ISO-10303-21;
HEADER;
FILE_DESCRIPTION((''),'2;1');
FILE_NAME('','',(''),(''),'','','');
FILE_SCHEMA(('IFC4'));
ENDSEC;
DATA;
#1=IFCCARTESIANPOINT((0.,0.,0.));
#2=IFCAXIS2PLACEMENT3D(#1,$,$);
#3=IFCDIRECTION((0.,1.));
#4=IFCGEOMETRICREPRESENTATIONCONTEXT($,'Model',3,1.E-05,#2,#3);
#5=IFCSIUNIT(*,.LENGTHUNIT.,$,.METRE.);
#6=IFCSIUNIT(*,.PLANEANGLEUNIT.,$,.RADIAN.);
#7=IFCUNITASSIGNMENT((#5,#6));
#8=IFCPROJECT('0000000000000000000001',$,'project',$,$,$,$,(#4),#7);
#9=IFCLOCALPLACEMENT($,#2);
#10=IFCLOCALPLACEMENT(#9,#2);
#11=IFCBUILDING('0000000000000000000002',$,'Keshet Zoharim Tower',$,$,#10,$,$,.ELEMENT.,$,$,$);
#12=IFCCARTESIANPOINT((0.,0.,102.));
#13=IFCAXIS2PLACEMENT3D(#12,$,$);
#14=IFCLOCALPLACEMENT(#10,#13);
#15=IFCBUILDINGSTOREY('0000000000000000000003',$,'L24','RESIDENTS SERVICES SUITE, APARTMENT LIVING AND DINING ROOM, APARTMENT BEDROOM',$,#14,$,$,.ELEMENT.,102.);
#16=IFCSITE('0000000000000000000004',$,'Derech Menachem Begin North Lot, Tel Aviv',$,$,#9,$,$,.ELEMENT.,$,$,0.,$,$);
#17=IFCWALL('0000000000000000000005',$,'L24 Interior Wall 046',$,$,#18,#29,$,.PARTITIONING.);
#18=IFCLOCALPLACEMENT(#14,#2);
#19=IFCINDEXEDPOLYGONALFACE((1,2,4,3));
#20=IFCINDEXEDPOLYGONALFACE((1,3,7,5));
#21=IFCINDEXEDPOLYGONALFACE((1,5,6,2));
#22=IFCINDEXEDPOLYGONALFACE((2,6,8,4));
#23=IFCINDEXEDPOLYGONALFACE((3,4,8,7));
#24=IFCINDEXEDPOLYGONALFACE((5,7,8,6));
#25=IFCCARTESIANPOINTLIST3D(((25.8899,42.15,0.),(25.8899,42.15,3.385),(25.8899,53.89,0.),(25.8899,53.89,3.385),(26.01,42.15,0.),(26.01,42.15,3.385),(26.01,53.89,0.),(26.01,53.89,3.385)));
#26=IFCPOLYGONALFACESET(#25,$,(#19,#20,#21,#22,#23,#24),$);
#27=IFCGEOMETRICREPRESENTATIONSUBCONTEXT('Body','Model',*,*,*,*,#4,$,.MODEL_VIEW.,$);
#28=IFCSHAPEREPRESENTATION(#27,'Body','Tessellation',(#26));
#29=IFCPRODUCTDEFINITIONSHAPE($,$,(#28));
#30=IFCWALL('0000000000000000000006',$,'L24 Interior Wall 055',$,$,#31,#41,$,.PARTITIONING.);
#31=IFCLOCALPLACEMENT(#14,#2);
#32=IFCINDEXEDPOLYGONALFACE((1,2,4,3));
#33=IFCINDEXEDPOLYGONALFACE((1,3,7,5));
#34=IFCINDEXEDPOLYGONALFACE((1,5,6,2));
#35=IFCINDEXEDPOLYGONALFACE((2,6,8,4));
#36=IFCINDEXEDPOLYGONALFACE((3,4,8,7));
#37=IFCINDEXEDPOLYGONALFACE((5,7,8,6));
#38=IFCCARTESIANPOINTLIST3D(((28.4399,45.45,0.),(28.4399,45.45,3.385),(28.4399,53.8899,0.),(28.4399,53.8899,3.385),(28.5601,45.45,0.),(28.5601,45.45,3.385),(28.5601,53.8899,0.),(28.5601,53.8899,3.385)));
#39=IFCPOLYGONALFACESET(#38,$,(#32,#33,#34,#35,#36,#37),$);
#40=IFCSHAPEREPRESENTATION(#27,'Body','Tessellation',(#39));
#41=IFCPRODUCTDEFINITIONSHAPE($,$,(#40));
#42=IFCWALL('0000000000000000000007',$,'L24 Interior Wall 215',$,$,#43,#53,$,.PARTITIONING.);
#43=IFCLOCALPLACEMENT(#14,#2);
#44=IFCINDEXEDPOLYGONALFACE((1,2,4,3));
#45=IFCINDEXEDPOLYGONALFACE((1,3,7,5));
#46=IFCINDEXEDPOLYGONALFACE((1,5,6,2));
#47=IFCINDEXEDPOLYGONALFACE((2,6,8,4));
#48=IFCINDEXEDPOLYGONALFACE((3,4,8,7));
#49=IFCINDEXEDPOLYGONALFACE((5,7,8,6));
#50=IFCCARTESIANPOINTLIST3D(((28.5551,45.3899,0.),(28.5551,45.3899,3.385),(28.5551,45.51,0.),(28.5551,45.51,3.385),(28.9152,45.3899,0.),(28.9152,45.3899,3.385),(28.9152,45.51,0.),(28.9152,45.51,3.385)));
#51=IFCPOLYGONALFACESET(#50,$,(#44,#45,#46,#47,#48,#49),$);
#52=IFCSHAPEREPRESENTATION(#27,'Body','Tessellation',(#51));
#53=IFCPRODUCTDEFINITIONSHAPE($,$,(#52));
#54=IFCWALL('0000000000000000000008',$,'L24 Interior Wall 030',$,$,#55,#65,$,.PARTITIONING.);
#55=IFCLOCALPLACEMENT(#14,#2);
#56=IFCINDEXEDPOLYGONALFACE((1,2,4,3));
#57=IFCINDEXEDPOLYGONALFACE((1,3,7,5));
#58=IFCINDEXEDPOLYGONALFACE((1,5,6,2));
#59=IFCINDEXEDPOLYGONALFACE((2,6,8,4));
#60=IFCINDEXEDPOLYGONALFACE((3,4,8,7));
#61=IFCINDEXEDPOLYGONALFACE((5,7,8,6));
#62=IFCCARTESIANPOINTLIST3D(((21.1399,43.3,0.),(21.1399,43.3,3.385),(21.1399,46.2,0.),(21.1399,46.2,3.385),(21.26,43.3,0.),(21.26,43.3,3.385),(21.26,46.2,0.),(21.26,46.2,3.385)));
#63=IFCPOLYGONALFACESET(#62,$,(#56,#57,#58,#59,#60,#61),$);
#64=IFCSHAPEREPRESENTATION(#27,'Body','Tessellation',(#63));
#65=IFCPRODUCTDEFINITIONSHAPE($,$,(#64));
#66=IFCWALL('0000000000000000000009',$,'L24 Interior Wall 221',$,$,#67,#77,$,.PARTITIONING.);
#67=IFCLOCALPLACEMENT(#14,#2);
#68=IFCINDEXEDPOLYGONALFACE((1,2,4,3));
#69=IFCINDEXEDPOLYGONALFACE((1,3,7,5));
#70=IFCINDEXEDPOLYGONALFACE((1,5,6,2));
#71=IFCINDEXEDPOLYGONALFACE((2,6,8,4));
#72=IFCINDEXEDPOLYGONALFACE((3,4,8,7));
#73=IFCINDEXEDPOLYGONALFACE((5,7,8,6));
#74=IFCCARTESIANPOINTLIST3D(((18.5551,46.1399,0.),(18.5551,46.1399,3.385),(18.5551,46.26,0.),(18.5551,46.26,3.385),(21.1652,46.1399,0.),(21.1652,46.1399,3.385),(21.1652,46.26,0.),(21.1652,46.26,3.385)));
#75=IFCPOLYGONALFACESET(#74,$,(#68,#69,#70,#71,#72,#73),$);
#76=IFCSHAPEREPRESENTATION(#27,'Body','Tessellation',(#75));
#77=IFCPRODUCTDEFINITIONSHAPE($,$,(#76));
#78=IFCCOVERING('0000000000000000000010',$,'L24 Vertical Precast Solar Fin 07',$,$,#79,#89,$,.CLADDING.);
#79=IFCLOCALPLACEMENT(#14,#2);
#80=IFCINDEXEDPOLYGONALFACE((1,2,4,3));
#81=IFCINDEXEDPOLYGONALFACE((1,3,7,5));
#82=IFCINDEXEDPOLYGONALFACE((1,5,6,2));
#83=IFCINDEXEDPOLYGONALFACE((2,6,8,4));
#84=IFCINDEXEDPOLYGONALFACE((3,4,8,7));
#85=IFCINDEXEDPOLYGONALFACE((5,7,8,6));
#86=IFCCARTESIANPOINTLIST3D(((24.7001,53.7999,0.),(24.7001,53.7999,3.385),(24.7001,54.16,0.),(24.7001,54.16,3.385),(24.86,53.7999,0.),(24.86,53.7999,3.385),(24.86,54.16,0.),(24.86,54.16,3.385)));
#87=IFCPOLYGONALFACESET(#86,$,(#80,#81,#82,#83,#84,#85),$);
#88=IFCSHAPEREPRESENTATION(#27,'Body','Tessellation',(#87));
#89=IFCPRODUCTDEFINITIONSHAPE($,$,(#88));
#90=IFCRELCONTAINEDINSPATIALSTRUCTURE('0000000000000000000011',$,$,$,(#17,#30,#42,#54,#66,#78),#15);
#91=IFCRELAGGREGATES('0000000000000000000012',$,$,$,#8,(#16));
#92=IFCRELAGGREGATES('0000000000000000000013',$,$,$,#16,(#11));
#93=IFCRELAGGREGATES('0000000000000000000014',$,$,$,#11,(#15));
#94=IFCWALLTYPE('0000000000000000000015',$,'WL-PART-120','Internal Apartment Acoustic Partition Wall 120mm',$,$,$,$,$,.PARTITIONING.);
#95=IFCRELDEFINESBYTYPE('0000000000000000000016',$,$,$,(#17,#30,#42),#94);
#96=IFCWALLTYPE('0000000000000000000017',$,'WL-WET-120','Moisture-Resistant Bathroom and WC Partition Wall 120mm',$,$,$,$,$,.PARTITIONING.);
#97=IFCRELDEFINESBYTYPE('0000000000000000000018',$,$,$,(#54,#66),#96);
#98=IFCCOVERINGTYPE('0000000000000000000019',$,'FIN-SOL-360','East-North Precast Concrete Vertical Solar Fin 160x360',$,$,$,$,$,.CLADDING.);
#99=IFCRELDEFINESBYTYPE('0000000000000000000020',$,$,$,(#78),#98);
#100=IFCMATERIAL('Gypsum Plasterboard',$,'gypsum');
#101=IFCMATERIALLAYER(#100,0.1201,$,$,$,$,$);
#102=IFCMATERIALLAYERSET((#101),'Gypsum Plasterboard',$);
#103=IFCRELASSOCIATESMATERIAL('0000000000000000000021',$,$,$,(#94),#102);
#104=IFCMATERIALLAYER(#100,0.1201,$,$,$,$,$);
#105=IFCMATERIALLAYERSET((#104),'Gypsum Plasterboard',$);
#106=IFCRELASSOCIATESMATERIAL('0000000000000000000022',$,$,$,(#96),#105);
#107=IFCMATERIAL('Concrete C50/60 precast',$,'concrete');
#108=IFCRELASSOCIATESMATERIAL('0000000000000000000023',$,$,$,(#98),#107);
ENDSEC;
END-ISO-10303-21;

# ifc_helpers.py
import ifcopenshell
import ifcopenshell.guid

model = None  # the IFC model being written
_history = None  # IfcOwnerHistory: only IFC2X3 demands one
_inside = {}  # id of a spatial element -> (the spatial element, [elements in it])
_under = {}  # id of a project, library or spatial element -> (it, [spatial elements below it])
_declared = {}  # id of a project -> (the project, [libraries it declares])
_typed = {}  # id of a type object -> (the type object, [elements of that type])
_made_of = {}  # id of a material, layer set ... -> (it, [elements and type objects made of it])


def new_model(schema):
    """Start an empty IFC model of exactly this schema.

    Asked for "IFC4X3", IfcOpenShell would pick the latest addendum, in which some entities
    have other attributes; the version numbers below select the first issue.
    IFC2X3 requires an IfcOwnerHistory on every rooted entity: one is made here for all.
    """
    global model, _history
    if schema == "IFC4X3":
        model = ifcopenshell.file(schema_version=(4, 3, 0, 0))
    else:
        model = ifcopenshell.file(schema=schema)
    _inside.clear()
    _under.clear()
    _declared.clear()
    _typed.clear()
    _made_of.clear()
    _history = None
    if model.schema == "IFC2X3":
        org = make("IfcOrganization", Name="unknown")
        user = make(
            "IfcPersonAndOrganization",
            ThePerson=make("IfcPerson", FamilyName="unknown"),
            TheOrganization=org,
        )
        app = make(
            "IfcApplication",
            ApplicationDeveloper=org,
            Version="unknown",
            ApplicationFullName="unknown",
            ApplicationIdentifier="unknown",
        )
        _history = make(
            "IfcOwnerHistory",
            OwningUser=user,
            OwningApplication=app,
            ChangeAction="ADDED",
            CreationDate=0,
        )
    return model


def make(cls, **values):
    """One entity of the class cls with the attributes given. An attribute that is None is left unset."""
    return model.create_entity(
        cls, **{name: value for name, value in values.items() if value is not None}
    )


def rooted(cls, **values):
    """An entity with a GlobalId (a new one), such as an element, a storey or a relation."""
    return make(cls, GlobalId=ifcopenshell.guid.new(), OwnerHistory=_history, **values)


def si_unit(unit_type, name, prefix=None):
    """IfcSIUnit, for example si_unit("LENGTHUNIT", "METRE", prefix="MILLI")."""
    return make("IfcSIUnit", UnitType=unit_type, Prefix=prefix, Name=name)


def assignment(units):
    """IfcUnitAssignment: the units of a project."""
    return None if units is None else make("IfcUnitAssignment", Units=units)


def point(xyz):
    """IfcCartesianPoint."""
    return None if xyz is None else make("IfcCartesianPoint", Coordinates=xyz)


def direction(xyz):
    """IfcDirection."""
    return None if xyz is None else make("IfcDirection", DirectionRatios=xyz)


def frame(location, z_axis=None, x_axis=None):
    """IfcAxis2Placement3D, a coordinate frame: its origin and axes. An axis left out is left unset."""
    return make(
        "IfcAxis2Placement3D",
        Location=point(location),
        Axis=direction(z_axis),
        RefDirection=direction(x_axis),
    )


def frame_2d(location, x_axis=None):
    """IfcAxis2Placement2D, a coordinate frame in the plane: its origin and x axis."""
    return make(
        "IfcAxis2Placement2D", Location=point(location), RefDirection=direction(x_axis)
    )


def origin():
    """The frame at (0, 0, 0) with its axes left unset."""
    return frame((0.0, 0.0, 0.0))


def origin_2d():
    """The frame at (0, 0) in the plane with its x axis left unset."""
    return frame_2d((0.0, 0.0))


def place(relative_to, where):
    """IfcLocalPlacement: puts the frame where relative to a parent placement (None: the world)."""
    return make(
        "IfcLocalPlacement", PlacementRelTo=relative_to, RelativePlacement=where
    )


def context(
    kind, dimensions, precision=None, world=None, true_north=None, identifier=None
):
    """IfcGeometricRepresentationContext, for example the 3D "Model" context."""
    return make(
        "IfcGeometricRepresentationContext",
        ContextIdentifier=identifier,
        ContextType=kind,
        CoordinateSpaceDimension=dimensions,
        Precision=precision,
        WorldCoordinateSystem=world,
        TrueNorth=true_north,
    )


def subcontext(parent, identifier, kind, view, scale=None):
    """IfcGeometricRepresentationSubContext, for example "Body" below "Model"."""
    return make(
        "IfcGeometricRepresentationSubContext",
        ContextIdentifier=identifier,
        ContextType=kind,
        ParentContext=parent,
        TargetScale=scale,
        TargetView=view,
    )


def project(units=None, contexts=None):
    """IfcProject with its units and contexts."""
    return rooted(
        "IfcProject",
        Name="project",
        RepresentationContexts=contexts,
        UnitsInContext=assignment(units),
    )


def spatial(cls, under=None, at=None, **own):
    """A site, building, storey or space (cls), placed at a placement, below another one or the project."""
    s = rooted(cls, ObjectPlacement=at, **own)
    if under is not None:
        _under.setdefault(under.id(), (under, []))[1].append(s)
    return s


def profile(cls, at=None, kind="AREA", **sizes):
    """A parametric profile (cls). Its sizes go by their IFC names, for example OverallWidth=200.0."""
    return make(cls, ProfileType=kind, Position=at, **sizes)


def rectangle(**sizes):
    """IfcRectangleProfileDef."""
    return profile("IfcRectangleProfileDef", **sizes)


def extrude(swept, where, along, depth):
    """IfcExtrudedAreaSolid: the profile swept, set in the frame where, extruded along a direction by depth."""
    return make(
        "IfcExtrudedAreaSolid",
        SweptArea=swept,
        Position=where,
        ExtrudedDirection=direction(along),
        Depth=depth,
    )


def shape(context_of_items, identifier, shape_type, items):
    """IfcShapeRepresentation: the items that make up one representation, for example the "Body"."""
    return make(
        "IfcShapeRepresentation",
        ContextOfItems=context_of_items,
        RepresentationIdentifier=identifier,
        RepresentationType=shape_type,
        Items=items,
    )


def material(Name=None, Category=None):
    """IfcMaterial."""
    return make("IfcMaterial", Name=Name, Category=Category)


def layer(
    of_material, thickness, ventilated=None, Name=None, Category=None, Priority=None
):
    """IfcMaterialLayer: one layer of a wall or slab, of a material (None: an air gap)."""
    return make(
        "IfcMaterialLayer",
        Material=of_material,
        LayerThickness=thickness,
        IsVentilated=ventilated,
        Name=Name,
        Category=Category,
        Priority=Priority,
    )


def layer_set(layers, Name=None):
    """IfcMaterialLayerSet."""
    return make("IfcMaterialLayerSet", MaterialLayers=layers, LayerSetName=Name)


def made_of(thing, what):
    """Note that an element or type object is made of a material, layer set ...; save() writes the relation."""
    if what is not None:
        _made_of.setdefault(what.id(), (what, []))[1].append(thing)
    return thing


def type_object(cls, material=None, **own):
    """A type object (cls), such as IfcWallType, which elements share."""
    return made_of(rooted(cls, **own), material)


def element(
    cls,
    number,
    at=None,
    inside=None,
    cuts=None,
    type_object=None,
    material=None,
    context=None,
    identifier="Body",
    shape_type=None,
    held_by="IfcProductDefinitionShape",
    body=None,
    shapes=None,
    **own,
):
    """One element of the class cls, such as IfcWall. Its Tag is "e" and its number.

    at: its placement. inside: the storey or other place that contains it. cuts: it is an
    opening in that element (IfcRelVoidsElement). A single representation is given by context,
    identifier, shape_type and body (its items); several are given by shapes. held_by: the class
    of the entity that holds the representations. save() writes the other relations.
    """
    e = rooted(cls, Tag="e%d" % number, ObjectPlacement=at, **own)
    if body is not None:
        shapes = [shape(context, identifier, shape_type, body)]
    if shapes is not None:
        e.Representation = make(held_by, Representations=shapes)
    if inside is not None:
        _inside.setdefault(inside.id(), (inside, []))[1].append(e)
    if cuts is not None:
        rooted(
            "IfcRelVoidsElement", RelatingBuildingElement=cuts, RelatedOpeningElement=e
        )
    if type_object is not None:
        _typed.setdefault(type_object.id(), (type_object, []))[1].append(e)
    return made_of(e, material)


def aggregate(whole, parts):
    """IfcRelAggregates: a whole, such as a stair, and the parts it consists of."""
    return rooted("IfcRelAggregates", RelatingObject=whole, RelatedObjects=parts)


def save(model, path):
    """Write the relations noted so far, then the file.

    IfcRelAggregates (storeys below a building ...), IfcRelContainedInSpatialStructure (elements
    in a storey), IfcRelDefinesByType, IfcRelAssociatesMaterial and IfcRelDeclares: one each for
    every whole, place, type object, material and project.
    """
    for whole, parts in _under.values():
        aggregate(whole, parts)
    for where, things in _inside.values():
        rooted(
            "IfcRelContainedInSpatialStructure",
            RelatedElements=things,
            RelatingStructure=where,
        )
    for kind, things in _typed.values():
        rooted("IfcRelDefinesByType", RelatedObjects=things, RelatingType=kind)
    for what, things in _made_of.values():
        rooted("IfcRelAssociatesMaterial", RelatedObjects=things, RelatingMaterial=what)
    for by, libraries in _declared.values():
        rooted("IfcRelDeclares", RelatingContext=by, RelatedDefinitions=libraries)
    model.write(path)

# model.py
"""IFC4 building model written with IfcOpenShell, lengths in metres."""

from ifc_helpers import new_model, si_unit, direction, frame, frame_2d, origin, origin_2d, place, context, subcontext, project, spatial, rectangle, extrude, material, layer, layer_set, type_object, element, save


model = new_model("IFC4")

# Units and contexts
model_context = context("Model", 3, precision=1e-05, world=origin(), true_north=direction((0.0, 1.0)))
body_context = subcontext(model_context, "Body", "Model", "MODEL_VIEW")
ifc_project = project(units=[si_unit("LENGTHUNIT", "METRE"), si_unit("PLANEANGLEUNIT", "RADIAN")], contexts=[model_context])

# Site, building, storey
site_placement = place(None, origin())
site = spatial("IfcSite", under=ifc_project, at=site_placement, Name="Derech Menachem Begin North Lot, Tel Aviv", CompositionType="ELEMENT", RefElevation=0.0)
building_placement = place(site_placement, origin())
building = spatial("IfcBuilding", under=site, at=building_placement, Name="Keshet Zoharim Tower", CompositionType="ELEMENT")
storey_placement = place(building_placement, frame((0.0, 0.0, 102.0)))
storey = spatial("IfcBuildingStorey", under=building, at=storey_placement, Name="L24", Description="RESIDENTS SERVICES SUITE, APARTMENT LIVING AND DINING ROOM, APARTMENT BEDROOM", CompositionType="ELEMENT", Elevation=102.0)

# Shared definitions
ifc_material_1 = material(Name="Gypsum Plasterboard", Category="gypsum")

# Shared definitions
ifc_layer_1 = layer(ifc_material_1, 0.1201)
ifc_layer_set_1 = layer_set([ifc_layer_1], Name="Gypsum Plasterboard")
wall_type_1 = type_object("IfcWallType", Name="WL-PART-120", Description="Internal Apartment Acoustic Partition Wall 120mm", PredefinedType="PARTITIONING", material=ifc_layer_set_1)

# Walls
for number, where, z_axis, x_axis, name in (
    (1, (25.95, 42.1499, 0.0), (0.0, 0.0, 1.0), (0.0, 1.0, 0.0), "L24 Interior Wall 046"),
):
    element("IfcWall", number, at=place(storey_placement, frame(where, z_axis=z_axis, x_axis=x_axis)), inside=storey, type_object=wall_type_1, Name=name, PredefinedType="PARTITIONING", context=body_context, shape_type="SweptSolid", body=[
        extrude(rectangle(XDim=11.74, YDim=0.1201, at=frame_2d((5.8701, 0.0))), origin(), (0.0, 0.0, 1.0), 3.385),
    ])
wall_1_placement = place(storey_placement, frame((28.5, 45.45, 0.0), z_axis=(0.0, 0.0, 1.0), x_axis=(0.0, 1.0, 0.0)))
element("IfcWall", 2, at=wall_1_placement, inside=storey, type_object=wall_type_1, Name="L24 Interior Wall 055", PredefinedType="PARTITIONING", context=body_context, shape_type="SweptSolid", body=[
    extrude(rectangle(XDim=8.4399, YDim=0.1201, at=frame_2d((4.22, 0.0))), origin(), (0.0, 0.0, 1.0), 3.385),
])

# Walls
wall_2_placement = place(storey_placement, frame((28.5549, 45.45, 0.0), z_axis=(0.0, 0.0, 1.0), x_axis=(1.0, 0.0, 0.0)))
element("IfcWall", 3, at=wall_2_placement, inside=storey, type_object=wall_type_1, Name="L24 Interior Wall 215", PredefinedType="PARTITIONING", context=body_context, shape_type="SweptSolid", body=[
    extrude(rectangle(XDim=0.3601, YDim=0.1201, at=frame_2d((0.1802, 0.0))), origin(), (0.0, 0.0, 1.0), 3.385),
])
ifc_layer_2 = layer(ifc_material_1, 0.1201)
ifc_layer_set_2 = layer_set([ifc_layer_2], Name="Gypsum Plasterboard")
wall_type_2 = type_object("IfcWallType", Name="WL-WET-120", Description="Moisture-Resistant Bathroom and WC Partition Wall 120mm", PredefinedType="PARTITIONING", material=ifc_layer_set_2)
wall_3_placement = place(storey_placement, frame((21.2, 43.3, 0.0), z_axis=(0.0, 0.0, 1.0), x_axis=(0.0, 1.0, 0.0)))
element("IfcWall", 4, at=wall_3_placement, inside=storey, type_object=wall_type_2, Name="L24 Interior Wall 030", PredefinedType="PARTITIONING", context=body_context, shape_type="SweptSolid", body=[
    extrude(rectangle(XDim=2.8999, YDim=0.1201, at=frame_2d((1.45, 0.0))), origin(), (0.0, 0.0, 1.0), 3.385),
])
wall_4_placement = place(storey_placement, frame((18.5549, 46.2, 0.0), z_axis=(0.0, 0.0, 1.0), x_axis=(1.0, 0.0, 0.0)))
element("IfcWall", 5, at=wall_4_placement, inside=storey, type_object=wall_type_2, Name="L24 Interior Wall 221", PredefinedType="PARTITIONING", context=body_context, shape_type="SweptSolid", body=[
    extrude(rectangle(XDim=2.6101, YDim=0.1201, at=frame_2d((1.3052, 0.0))), origin(), (0.0, 0.0, 1.0), 3.385),
])

# Covering
ifc_material_2 = material(Name="Concrete C50/60 precast", Category="concrete")
covering_type = type_object("IfcCoveringType", Name="FIN-SOL-360", Description="East-North Precast Concrete Vertical Solar Fin 160x360", PredefinedType="CLADDING", material=ifc_material_2)
covering_placement = place(storey_placement, frame((24.78, 53.98, 0.0), z_axis=(0.0, 0.0, 1.0), x_axis=(1.0, 0.0, 0.0)))
element("IfcCovering", 6, at=covering_placement, inside=storey, type_object=covering_type, Name="L24 Vertical Precast Solar Fin 07", PredefinedType="CLADDING", context=body_context, shape_type="SweptSolid", body=[
    extrude(rectangle(XDim=0.1599, YDim=0.3601, at=origin_2d()), origin(), (0.0, 0.0, 1.0), 3.385),
])

save(model, "model.ifc")
